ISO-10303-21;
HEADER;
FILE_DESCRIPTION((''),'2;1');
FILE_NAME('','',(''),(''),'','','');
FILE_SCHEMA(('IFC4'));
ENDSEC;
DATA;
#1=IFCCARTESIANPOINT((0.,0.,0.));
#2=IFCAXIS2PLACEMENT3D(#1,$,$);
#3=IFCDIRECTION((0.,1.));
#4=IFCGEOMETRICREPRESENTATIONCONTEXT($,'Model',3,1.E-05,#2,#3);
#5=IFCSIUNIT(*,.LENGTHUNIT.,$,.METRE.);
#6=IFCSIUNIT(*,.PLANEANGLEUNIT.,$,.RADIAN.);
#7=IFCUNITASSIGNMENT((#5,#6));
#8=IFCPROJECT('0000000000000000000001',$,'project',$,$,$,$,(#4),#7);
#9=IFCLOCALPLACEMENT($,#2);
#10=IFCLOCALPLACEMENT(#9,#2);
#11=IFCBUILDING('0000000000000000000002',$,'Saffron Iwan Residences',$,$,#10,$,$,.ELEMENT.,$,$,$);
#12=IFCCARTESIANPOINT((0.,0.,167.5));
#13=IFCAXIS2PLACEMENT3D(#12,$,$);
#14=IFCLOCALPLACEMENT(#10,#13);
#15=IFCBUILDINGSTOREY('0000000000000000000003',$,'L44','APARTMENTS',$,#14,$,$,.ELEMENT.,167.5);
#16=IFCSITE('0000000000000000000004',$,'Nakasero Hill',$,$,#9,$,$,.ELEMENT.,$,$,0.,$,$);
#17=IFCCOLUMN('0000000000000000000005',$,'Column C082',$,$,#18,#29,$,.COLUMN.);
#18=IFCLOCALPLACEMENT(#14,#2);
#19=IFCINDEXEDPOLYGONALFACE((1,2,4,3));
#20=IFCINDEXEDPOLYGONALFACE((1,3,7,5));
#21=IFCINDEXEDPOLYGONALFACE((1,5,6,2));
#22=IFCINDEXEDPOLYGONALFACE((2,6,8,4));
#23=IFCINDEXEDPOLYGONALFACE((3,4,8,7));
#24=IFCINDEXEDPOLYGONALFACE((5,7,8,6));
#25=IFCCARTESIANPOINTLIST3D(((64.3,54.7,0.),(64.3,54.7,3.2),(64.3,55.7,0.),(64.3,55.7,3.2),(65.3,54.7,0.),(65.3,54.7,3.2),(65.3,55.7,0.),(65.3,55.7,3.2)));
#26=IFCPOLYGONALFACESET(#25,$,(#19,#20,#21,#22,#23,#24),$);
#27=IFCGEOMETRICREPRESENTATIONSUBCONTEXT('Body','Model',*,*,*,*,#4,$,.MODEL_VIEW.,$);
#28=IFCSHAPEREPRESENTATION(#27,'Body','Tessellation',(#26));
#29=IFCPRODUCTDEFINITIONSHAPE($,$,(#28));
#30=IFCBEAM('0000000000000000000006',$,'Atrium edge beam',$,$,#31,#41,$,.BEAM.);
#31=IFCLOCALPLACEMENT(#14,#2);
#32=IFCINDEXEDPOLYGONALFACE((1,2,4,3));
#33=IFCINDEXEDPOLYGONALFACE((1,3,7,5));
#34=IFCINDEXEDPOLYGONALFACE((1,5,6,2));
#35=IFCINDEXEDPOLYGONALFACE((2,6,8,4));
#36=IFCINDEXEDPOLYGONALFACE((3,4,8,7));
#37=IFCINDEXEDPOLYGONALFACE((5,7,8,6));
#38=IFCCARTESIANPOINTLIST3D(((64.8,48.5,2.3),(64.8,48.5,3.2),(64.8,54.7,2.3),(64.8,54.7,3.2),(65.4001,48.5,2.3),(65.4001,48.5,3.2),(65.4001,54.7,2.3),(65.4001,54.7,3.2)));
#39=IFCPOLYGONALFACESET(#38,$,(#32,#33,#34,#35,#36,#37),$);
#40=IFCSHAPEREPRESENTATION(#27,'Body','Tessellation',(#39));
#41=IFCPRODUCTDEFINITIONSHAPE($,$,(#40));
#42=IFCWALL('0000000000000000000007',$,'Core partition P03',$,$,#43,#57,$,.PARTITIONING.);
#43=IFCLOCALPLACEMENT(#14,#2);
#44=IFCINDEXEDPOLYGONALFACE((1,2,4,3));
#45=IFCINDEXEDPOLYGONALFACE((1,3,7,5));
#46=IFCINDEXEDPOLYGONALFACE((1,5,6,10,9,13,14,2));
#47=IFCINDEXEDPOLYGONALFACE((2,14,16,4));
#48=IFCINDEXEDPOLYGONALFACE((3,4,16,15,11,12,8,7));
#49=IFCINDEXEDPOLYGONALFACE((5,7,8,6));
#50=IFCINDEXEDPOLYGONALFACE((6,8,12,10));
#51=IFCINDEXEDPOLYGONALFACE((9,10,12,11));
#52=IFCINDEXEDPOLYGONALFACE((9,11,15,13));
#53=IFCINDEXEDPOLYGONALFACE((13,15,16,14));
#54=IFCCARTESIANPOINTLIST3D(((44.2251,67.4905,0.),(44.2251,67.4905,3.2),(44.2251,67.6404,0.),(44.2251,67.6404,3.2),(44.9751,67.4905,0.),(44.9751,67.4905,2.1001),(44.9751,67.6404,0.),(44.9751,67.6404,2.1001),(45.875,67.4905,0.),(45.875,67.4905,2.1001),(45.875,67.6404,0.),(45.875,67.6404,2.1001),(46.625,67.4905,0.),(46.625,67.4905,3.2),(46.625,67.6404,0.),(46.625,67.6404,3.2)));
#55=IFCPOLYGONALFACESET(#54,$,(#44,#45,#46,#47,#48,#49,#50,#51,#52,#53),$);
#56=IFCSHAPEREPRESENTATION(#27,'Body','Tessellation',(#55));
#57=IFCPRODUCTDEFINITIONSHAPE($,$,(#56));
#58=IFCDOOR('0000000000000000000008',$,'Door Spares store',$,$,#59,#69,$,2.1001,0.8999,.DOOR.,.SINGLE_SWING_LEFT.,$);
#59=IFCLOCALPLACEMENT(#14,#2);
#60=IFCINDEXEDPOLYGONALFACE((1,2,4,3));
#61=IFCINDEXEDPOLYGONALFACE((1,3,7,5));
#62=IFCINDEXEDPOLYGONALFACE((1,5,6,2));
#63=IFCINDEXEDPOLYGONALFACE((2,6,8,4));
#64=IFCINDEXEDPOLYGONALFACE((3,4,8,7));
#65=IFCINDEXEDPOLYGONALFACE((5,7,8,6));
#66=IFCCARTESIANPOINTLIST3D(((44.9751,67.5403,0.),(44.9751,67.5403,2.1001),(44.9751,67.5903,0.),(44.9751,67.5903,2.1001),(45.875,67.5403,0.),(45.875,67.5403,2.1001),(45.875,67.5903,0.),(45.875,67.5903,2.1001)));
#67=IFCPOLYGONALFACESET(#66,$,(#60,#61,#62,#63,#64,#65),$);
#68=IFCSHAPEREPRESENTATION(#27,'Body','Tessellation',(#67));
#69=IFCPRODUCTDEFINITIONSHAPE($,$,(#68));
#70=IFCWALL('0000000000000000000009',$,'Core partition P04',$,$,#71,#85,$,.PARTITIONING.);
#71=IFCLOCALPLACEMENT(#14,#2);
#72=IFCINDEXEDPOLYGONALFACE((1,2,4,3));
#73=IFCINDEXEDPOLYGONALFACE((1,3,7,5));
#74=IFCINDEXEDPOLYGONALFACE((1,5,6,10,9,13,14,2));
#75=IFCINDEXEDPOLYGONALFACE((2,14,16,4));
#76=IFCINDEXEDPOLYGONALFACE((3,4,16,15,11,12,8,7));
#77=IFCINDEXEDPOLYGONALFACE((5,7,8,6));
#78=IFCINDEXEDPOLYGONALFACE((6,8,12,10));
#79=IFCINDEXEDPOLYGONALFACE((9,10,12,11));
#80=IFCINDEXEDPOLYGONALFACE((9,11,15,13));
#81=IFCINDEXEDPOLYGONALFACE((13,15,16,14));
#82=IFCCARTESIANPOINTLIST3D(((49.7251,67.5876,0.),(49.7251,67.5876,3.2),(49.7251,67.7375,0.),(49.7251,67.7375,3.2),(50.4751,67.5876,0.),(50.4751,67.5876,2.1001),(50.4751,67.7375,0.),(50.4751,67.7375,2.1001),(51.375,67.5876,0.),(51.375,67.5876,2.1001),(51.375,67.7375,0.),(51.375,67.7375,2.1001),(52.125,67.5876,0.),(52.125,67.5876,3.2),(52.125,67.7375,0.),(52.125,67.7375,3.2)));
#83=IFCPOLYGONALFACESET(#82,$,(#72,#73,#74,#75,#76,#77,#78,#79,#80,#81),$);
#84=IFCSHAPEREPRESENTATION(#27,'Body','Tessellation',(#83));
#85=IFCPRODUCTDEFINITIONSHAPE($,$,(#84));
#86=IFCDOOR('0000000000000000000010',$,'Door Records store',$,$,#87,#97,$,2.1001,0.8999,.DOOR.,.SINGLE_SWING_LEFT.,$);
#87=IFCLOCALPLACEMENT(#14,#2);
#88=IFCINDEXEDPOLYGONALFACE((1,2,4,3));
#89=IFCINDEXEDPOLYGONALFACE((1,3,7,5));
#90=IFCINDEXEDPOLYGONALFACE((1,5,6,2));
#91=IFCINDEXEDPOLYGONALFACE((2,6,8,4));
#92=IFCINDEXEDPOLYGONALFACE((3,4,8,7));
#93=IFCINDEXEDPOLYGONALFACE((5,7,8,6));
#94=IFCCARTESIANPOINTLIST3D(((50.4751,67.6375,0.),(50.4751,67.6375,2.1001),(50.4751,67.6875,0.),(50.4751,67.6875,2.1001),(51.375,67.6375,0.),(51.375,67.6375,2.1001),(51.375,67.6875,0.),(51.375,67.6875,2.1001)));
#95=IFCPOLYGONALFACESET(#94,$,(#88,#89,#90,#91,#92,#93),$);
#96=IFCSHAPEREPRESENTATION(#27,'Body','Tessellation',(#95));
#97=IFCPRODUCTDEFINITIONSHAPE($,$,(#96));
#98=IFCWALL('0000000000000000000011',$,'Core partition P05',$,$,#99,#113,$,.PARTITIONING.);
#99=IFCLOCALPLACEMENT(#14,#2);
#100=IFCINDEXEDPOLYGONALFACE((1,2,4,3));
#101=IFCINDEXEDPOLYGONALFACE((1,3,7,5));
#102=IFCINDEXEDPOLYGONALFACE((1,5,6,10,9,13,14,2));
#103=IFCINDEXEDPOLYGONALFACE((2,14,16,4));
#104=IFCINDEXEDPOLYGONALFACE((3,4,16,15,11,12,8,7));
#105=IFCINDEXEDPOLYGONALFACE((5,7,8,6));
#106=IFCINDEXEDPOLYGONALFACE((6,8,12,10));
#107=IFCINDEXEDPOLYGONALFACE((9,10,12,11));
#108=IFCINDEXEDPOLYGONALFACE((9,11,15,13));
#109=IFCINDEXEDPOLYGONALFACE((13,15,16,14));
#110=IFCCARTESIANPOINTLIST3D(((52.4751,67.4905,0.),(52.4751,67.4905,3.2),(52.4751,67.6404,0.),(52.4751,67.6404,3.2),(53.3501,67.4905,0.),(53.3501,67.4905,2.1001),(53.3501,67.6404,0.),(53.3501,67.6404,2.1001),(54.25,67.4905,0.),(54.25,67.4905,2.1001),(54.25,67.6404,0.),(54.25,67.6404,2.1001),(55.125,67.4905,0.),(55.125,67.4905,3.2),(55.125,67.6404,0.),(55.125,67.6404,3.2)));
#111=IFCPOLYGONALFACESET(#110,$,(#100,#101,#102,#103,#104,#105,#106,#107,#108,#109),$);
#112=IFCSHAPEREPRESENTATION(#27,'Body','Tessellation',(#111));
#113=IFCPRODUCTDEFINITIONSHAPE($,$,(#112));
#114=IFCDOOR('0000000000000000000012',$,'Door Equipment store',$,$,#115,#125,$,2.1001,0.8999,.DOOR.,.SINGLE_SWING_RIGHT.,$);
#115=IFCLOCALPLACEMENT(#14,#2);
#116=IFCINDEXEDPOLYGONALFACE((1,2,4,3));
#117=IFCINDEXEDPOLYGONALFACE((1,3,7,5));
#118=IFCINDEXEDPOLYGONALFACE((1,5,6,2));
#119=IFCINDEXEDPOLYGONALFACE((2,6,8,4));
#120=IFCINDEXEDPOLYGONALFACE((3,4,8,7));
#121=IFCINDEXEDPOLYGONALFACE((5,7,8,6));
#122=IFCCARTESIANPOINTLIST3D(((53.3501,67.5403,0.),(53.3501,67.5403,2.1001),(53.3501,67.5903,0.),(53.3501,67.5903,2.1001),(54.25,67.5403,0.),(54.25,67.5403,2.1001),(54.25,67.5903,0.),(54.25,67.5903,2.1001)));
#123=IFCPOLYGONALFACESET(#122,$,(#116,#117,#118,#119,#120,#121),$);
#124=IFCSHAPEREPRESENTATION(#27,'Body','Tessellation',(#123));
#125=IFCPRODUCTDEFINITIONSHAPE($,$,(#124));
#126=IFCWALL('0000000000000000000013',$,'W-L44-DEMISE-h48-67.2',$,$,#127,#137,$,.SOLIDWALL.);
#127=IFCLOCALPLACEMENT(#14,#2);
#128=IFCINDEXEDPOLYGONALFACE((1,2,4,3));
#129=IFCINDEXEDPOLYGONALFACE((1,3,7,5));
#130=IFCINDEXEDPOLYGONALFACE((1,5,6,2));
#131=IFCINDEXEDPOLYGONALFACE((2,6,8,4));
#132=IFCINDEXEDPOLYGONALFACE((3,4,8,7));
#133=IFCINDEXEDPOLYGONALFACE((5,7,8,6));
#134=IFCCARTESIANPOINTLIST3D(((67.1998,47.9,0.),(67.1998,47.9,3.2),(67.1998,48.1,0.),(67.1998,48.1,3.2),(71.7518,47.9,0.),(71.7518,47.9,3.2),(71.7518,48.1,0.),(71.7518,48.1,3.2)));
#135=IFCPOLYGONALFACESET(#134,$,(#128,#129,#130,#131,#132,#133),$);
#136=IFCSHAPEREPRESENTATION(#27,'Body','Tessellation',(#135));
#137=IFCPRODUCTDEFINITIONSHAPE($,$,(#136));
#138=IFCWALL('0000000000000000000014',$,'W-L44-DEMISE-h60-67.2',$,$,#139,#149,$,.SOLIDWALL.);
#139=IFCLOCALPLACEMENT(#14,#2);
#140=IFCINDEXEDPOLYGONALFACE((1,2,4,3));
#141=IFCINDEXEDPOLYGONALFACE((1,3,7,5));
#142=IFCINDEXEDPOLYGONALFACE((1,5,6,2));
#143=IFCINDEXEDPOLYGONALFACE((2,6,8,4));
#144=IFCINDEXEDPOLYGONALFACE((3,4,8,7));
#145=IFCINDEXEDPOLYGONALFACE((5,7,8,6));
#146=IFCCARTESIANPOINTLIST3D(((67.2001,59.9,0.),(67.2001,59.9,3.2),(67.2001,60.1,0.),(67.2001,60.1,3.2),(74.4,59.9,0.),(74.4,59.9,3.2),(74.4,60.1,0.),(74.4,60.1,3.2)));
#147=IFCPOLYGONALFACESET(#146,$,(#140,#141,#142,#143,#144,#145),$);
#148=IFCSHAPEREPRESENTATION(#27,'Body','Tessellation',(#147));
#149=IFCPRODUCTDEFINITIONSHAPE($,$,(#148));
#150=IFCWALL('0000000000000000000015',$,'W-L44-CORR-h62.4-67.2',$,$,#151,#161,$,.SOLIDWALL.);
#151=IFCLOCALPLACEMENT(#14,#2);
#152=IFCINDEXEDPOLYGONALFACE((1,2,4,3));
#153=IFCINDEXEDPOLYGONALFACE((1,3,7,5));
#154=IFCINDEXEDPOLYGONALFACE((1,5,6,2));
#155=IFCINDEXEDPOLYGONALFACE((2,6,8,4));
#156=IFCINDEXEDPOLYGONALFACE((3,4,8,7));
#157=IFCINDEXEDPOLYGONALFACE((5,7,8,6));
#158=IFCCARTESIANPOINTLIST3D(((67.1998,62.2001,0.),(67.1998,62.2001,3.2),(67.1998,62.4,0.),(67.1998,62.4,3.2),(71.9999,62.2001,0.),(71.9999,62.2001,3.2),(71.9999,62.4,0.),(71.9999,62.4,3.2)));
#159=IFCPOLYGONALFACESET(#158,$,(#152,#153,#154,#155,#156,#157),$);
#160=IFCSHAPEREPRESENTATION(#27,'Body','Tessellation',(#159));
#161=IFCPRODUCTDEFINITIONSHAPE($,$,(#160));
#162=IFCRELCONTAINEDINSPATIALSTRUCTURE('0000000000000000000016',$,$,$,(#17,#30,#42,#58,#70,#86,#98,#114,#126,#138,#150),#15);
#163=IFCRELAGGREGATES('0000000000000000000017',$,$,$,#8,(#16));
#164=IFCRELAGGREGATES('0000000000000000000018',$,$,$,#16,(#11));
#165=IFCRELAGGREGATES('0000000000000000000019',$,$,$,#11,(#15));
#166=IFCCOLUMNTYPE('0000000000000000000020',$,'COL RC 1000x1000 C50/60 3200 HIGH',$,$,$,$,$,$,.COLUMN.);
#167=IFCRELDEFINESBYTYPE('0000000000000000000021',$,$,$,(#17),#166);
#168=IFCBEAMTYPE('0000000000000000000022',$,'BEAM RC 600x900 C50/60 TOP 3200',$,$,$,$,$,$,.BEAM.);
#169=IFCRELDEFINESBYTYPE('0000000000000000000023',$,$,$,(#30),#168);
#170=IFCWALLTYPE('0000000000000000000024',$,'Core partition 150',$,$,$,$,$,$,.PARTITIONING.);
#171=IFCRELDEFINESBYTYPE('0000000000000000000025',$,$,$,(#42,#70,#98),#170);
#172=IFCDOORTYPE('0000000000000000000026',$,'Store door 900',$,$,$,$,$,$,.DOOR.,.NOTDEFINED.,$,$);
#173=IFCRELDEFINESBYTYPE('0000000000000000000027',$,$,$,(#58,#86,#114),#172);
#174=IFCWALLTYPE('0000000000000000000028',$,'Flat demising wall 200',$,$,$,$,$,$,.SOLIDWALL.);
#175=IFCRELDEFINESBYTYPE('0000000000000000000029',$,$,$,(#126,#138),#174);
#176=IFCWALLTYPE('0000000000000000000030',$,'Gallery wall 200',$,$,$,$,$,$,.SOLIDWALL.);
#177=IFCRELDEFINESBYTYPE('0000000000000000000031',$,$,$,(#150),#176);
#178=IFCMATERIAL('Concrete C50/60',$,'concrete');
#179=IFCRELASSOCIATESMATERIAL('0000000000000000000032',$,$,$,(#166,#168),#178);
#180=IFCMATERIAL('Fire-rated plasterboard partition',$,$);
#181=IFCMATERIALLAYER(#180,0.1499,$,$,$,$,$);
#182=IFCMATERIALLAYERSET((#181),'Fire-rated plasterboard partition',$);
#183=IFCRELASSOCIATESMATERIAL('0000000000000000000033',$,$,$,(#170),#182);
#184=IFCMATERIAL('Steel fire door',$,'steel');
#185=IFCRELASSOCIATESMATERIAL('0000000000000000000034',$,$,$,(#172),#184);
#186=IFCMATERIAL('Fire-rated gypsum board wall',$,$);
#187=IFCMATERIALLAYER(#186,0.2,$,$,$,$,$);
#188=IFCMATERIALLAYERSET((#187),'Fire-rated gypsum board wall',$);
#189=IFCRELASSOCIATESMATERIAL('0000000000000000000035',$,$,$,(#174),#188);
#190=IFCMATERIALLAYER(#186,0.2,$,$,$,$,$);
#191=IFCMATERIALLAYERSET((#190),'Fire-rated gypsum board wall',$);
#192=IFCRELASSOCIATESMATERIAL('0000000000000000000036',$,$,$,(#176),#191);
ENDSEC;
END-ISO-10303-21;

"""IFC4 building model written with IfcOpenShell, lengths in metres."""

from ifc_helpers import new_model, si_unit, direction, frame, frame_2d, origin, origin_2d, place, context, subcontext, project, spatial, rectangle, extrude, source, transform, mapped, material, layer, layer_set, material_profile, profile_set, type_object, element, fill, save


model = new_model("IFC4")

# Units and contexts
model_context = context("Model", 3, precision=1e-05, world=origin(), true_north=direction((0.0, 1.0)))
body_context = subcontext(model_context, "Body", "Model", "MODEL_VIEW")
ifc_project = project(units=[si_unit("LENGTHUNIT", "METRE"), si_unit("PLANEANGLEUNIT", "RADIAN")], contexts=[model_context])

# Site, building, storey
site_placement = place(None, origin())
site = spatial("IfcSite", under=ifc_project, at=site_placement, Name="Nakasero Hill", CompositionType="ELEMENT", RefElevation=0.0)
building_placement = place(site_placement, origin())
building = spatial("IfcBuilding", under=site, at=building_placement, Name="Saffron Iwan Residences", CompositionType="ELEMENT")
storey_placement = place(building_placement, frame((0.0, 0.0, 167.5)))
storey = spatial("IfcBuildingStorey", under=building, at=storey_placement, Name="L44", Description="APARTMENTS", CompositionType="ELEMENT", Elevation=167.5)

# Column
ifc_material_1 = material(Name="Concrete C50/60", Category="concrete")
ifc_material_profile_1 = material_profile(ifc_material_1, rectangle(XDim=1.0, YDim=1.0, at=origin_2d()), Name="RC 1000x1000")
ifc_profile_set_1 = profile_set([ifc_material_profile_1], Name="Concrete C50/60")
column_type = type_object("IfcColumnType", Name="COL RC 1000x1000 C50/60 3200 HIGH", PredefinedType="COLUMN", material=ifc_profile_set_1)
shared_shape_1 = source(origin(), body_context, "Body", "SweptSolid", [
    extrude(rectangle(XDim=1.0, YDim=1.0, at=origin_2d()), origin(), (0.0, 0.0, 1.0), 3.2),
])
column_placement = place(storey_placement, frame((64.8, 55.2, 0.0), z_axis=(0.0, 0.0, 1.0), x_axis=(1.0, 0.0, 0.0)))
element("IfcColumn", 1, at=column_placement, inside=storey, type_object=column_type, Name="Column C082", PredefinedType="COLUMN", context=body_context, shape_type="MappedRepresentation", body=[
    mapped(shared_shape_1, transform((0.0, 0.0, 0.0))),
])

# Beam
ifc_material_profile_2 = material_profile(ifc_material_1, rectangle(XDim=0.6001, YDim=0.8999, at=origin_2d()), Name="RC 600x900")
ifc_profile_set_2 = profile_set([ifc_material_profile_2], Name="Concrete C50/60")
beam_type = type_object("IfcBeamType", Name="BEAM RC 600x900 C50/60 TOP 3200", PredefinedType="BEAM", material=ifc_profile_set_2)
shared_shape_2 = source(origin(), body_context, "Body", "SweptSolid", [
    extrude(rectangle(XDim=0.6001, YDim=0.8999, at=origin_2d()), origin(), (0.0, 0.0, 1.0), 6.2),
])
beam_placement = place(storey_placement, frame((65.1001, 54.7, 2.75), z_axis=(0.0, -1.0, 0.0), x_axis=(1.0, 0.0, 0.0)))
element("IfcBeam", 2, at=beam_placement, inside=storey, type_object=beam_type, Name="Atrium edge beam", PredefinedType="BEAM", context=body_context, shape_type="MappedRepresentation", body=[
    mapped(shared_shape_2, transform((0.0, 0.0, 0.0))),
])

# Walls, openings, doors
ifc_material_2 = material(Name="Fire-rated plasterboard partition")
ifc_layer_1 = layer(ifc_material_2, 0.1499)
ifc_layer_set_1 = layer_set([ifc_layer_1], Name="Fire-rated plasterboard partition")
wall_type_1 = type_object("IfcWallType", Name="Core partition 150", PredefinedType="PARTITIONING", material=ifc_layer_set_1)
wall_1_placement = place(storey_placement, frame((44.2251, 67.5654, 0.0), z_axis=(0.0, 0.0, 1.0), x_axis=(1.0, 0.0, 0.0)))
wall_1 = element("IfcWall", 3, at=wall_1_placement, inside=storey, type_object=wall_type_1, Name="Core partition P03", PredefinedType="PARTITIONING", context=body_context, shape_type="SweptSolid", body=[
    extrude(rectangle(XDim=2.3999, YDim=0.1499, at=frame_2d((1.2, 0.0))), origin(), (0.0, 0.0, 1.0), 3.2),
])
opening_1_placement = place(wall_1_placement, frame((0.75, 0.0, 0.0)))
opening_1 = element("IfcOpeningElement", 4, at=opening_1_placement, cuts=wall_1, PredefinedType="OPENING", context=body_context, shape_type="SweptSolid", body=[
    extrude(rectangle(XDim=0.8999, YDim=2.1001, at=frame_2d((0.45, 1.05))), frame((0.0, 0.085, 0.0), z_axis=(0.0, -1.0, 0.0), x_axis=(1.0, 0.0, 0.0)), (0.0, 0.0, 1.0), 0.1699),
])
ifc_material_3 = material(Name="Steel fire door", Category="steel")
door_type_1 = type_object("IfcDoorType", Name="Store door 900", OperationType="NOTDEFINED", PredefinedType="DOOR", material=ifc_material_3)
door_1_placement = place(opening_1_placement, origin())
door_1 = element("IfcDoor", 5, at=door_1_placement, inside=storey, type_object=door_type_1, Name="Door Spares store", OperationType="SINGLE_SWING_LEFT", OverallHeight=2.1001, OverallWidth=0.8999, PredefinedType="DOOR", context=body_context, shape_type="SweptSolid", body=[
    extrude(rectangle(XDim=0.8999, YDim=2.1001, at=frame_2d((0.45, 1.05))), frame((0.0, 0.0249, 0.0), z_axis=(0.0, -1.0, 0.0), x_axis=(1.0, 0.0, 0.0)), (0.0, 0.0, 1.0), 0.05),
])
fill(opening_1, door_1)
wall_2_placement = place(storey_placement, frame((49.7251, 67.6626, 0.0), z_axis=(0.0, 0.0, 1.0), x_axis=(1.0, 0.0, 0.0)))
wall_2 = element("IfcWall", 6, at=wall_2_placement, inside=storey, type_object=wall_type_1, Name="Core partition P04", PredefinedType="PARTITIONING", context=body_context, shape_type="SweptSolid", body=[
    extrude(rectangle(XDim=2.3999, YDim=0.1499, at=frame_2d((1.2, 0.0))), origin(), (0.0, 0.0, 1.0), 3.2),
])
opening_2_placement = place(wall_2_placement, frame((0.75, 0.0, 0.0)))
opening_2 = element("IfcOpeningElement", 7, at=opening_2_placement, cuts=wall_2, PredefinedType="OPENING", context=body_context, shape_type="SweptSolid", body=[
    extrude(rectangle(XDim=0.8999, YDim=2.1001, at=frame_2d((0.45, 1.05))), frame((0.0, 0.085, 0.0), z_axis=(0.0, -1.0, 0.0), x_axis=(1.0, 0.0, 0.0)), (0.0, 0.0, 1.0), 0.1699),
])
door_2_placement = place(opening_2_placement, origin())
door_2 = element("IfcDoor", 8, at=door_2_placement, inside=storey, type_object=door_type_1, Name="Door Records store", OperationType="SINGLE_SWING_LEFT", OverallHeight=2.1001, OverallWidth=0.8999, PredefinedType="DOOR", context=body_context, shape_type="SweptSolid", body=[
    extrude(rectangle(XDim=0.8999, YDim=2.1001, at=frame_2d((0.45, 1.05))), frame((0.0, 0.0249, 0.0), z_axis=(0.0, -1.0, 0.0), x_axis=(1.0, 0.0, 0.0)), (0.0, 0.0, 1.0), 0.05),
])
fill(opening_2, door_2)
wall_3_placement = place(storey_placement, frame((52.4751, 67.5654, 0.0), z_axis=(0.0, 0.0, 1.0), x_axis=(1.0, 0.0, 0.0)))
wall_3 = element("IfcWall", 9, at=wall_3_placement, inside=storey, type_object=wall_type_1, Name="Core partition P05", PredefinedType="PARTITIONING", context=body_context, shape_type="SweptSolid", body=[
    extrude(rectangle(XDim=2.6499, YDim=0.1499, at=frame_2d((1.325, 0.0))), origin(), (0.0, 0.0, 1.0), 3.2),
])
opening_3_placement = place(wall_3_placement, frame((0.875, 0.0, 0.0)))
opening_3 = element("IfcOpeningElement", 10, at=opening_3_placement, cuts=wall_3, PredefinedType="OPENING", context=body_context, shape_type="SweptSolid", body=[
    extrude(rectangle(XDim=0.8999, YDim=2.1001, at=frame_2d((0.45, 1.05))), frame((0.0, 0.085, 0.0), z_axis=(0.0, -1.0, 0.0), x_axis=(1.0, 0.0, 0.0)), (0.0, 0.0, 1.0), 0.1699),
])
door_3_placement = place(opening_3_placement, origin())
door_3 = element("IfcDoor", 11, at=door_3_placement, inside=storey, type_object=door_type_1, Name="Door Equipment store", OperationType="SINGLE_SWING_RIGHT", OverallHeight=2.1001, OverallWidth=0.8999, PredefinedType="DOOR", context=body_context, shape_type="SweptSolid", body=[
    extrude(rectangle(XDim=0.8999, YDim=2.1001, at=frame_2d((0.45, 1.05))), frame((0.0, 0.0249, 0.0), z_axis=(0.0, -1.0, 0.0), x_axis=(1.0, 0.0, 0.0)), (0.0, 0.0, 1.0), 0.05),
])
fill(opening_3, door_3)

# Walls
ifc_material_4 = material(Name="Fire-rated gypsum board wall")
ifc_layer_2 = layer(ifc_material_4, 0.2)
ifc_layer_set_2 = layer_set([ifc_layer_2], Name="Fire-rated gypsum board wall")
wall_type_2 = type_object("IfcWallType", Name="Flat demising wall 200", PredefinedType="SOLIDWALL", material=ifc_layer_set_2)
wall_4_placement = place(storey_placement, frame((67.2, 48.0, 0.0), z_axis=(0.0, 0.0, 1.0), x_axis=(1.0, 0.0, 0.0)))
element("IfcWall", 12, at=wall_4_placement, inside=storey, type_object=wall_type_2, Name="W-L44-DEMISE-h48-67.2", PredefinedType="SOLIDWALL", context=body_context, shape_type="SweptSolid", body=[
    extrude(rectangle(XDim=4.552, YDim=0.2, at=frame_2d((2.2759, 0.0))), origin(), (0.0, 0.0, 1.0), 3.2),
])
wall_5_placement = place(storey_placement, frame((67.2, 60.0, 0.0), z_axis=(0.0, 0.0, 1.0), x_axis=(1.0, 0.0, 0.0)))
element("IfcWall", 13, at=wall_5_placement, inside=storey, type_object=wall_type_2, Name="W-L44-DEMISE-h60-67.2", PredefinedType="SOLIDWALL", context=body_context, shape_type="SweptSolid", body=[
    extrude(rectangle(XDim=7.2, YDim=0.2, at=frame_2d((3.6001, 0.0))), origin(), (0.0, 0.0, 1.0), 3.2),
])
ifc_layer_3 = layer(ifc_material_4, 0.2)
ifc_layer_set_3 = layer_set([ifc_layer_3], Name="Fire-rated gypsum board wall")
wall_type_3 = type_object("IfcWallType", Name="Gallery wall 200", PredefinedType="SOLIDWALL", material=ifc_layer_set_3)
wall_6_placement = place(storey_placement, frame((67.2, 62.3, 0.0), z_axis=(0.0, 0.0, 1.0), x_axis=(1.0, 0.0, 0.0)))
element("IfcWall", 14, at=wall_6_placement, inside=storey, type_object=wall_type_3, Name="W-L44-CORR-h62.4-67.2", PredefinedType="SOLIDWALL", context=body_context, shape_type="SweptSolid", body=[
    extrude(rectangle(XDim=4.8, YDim=0.2, at=frame_2d((2.3999, 0.0))), origin(), (0.0, 0.0, 1.0), 3.2),
])

save(model, "model.ifc")
